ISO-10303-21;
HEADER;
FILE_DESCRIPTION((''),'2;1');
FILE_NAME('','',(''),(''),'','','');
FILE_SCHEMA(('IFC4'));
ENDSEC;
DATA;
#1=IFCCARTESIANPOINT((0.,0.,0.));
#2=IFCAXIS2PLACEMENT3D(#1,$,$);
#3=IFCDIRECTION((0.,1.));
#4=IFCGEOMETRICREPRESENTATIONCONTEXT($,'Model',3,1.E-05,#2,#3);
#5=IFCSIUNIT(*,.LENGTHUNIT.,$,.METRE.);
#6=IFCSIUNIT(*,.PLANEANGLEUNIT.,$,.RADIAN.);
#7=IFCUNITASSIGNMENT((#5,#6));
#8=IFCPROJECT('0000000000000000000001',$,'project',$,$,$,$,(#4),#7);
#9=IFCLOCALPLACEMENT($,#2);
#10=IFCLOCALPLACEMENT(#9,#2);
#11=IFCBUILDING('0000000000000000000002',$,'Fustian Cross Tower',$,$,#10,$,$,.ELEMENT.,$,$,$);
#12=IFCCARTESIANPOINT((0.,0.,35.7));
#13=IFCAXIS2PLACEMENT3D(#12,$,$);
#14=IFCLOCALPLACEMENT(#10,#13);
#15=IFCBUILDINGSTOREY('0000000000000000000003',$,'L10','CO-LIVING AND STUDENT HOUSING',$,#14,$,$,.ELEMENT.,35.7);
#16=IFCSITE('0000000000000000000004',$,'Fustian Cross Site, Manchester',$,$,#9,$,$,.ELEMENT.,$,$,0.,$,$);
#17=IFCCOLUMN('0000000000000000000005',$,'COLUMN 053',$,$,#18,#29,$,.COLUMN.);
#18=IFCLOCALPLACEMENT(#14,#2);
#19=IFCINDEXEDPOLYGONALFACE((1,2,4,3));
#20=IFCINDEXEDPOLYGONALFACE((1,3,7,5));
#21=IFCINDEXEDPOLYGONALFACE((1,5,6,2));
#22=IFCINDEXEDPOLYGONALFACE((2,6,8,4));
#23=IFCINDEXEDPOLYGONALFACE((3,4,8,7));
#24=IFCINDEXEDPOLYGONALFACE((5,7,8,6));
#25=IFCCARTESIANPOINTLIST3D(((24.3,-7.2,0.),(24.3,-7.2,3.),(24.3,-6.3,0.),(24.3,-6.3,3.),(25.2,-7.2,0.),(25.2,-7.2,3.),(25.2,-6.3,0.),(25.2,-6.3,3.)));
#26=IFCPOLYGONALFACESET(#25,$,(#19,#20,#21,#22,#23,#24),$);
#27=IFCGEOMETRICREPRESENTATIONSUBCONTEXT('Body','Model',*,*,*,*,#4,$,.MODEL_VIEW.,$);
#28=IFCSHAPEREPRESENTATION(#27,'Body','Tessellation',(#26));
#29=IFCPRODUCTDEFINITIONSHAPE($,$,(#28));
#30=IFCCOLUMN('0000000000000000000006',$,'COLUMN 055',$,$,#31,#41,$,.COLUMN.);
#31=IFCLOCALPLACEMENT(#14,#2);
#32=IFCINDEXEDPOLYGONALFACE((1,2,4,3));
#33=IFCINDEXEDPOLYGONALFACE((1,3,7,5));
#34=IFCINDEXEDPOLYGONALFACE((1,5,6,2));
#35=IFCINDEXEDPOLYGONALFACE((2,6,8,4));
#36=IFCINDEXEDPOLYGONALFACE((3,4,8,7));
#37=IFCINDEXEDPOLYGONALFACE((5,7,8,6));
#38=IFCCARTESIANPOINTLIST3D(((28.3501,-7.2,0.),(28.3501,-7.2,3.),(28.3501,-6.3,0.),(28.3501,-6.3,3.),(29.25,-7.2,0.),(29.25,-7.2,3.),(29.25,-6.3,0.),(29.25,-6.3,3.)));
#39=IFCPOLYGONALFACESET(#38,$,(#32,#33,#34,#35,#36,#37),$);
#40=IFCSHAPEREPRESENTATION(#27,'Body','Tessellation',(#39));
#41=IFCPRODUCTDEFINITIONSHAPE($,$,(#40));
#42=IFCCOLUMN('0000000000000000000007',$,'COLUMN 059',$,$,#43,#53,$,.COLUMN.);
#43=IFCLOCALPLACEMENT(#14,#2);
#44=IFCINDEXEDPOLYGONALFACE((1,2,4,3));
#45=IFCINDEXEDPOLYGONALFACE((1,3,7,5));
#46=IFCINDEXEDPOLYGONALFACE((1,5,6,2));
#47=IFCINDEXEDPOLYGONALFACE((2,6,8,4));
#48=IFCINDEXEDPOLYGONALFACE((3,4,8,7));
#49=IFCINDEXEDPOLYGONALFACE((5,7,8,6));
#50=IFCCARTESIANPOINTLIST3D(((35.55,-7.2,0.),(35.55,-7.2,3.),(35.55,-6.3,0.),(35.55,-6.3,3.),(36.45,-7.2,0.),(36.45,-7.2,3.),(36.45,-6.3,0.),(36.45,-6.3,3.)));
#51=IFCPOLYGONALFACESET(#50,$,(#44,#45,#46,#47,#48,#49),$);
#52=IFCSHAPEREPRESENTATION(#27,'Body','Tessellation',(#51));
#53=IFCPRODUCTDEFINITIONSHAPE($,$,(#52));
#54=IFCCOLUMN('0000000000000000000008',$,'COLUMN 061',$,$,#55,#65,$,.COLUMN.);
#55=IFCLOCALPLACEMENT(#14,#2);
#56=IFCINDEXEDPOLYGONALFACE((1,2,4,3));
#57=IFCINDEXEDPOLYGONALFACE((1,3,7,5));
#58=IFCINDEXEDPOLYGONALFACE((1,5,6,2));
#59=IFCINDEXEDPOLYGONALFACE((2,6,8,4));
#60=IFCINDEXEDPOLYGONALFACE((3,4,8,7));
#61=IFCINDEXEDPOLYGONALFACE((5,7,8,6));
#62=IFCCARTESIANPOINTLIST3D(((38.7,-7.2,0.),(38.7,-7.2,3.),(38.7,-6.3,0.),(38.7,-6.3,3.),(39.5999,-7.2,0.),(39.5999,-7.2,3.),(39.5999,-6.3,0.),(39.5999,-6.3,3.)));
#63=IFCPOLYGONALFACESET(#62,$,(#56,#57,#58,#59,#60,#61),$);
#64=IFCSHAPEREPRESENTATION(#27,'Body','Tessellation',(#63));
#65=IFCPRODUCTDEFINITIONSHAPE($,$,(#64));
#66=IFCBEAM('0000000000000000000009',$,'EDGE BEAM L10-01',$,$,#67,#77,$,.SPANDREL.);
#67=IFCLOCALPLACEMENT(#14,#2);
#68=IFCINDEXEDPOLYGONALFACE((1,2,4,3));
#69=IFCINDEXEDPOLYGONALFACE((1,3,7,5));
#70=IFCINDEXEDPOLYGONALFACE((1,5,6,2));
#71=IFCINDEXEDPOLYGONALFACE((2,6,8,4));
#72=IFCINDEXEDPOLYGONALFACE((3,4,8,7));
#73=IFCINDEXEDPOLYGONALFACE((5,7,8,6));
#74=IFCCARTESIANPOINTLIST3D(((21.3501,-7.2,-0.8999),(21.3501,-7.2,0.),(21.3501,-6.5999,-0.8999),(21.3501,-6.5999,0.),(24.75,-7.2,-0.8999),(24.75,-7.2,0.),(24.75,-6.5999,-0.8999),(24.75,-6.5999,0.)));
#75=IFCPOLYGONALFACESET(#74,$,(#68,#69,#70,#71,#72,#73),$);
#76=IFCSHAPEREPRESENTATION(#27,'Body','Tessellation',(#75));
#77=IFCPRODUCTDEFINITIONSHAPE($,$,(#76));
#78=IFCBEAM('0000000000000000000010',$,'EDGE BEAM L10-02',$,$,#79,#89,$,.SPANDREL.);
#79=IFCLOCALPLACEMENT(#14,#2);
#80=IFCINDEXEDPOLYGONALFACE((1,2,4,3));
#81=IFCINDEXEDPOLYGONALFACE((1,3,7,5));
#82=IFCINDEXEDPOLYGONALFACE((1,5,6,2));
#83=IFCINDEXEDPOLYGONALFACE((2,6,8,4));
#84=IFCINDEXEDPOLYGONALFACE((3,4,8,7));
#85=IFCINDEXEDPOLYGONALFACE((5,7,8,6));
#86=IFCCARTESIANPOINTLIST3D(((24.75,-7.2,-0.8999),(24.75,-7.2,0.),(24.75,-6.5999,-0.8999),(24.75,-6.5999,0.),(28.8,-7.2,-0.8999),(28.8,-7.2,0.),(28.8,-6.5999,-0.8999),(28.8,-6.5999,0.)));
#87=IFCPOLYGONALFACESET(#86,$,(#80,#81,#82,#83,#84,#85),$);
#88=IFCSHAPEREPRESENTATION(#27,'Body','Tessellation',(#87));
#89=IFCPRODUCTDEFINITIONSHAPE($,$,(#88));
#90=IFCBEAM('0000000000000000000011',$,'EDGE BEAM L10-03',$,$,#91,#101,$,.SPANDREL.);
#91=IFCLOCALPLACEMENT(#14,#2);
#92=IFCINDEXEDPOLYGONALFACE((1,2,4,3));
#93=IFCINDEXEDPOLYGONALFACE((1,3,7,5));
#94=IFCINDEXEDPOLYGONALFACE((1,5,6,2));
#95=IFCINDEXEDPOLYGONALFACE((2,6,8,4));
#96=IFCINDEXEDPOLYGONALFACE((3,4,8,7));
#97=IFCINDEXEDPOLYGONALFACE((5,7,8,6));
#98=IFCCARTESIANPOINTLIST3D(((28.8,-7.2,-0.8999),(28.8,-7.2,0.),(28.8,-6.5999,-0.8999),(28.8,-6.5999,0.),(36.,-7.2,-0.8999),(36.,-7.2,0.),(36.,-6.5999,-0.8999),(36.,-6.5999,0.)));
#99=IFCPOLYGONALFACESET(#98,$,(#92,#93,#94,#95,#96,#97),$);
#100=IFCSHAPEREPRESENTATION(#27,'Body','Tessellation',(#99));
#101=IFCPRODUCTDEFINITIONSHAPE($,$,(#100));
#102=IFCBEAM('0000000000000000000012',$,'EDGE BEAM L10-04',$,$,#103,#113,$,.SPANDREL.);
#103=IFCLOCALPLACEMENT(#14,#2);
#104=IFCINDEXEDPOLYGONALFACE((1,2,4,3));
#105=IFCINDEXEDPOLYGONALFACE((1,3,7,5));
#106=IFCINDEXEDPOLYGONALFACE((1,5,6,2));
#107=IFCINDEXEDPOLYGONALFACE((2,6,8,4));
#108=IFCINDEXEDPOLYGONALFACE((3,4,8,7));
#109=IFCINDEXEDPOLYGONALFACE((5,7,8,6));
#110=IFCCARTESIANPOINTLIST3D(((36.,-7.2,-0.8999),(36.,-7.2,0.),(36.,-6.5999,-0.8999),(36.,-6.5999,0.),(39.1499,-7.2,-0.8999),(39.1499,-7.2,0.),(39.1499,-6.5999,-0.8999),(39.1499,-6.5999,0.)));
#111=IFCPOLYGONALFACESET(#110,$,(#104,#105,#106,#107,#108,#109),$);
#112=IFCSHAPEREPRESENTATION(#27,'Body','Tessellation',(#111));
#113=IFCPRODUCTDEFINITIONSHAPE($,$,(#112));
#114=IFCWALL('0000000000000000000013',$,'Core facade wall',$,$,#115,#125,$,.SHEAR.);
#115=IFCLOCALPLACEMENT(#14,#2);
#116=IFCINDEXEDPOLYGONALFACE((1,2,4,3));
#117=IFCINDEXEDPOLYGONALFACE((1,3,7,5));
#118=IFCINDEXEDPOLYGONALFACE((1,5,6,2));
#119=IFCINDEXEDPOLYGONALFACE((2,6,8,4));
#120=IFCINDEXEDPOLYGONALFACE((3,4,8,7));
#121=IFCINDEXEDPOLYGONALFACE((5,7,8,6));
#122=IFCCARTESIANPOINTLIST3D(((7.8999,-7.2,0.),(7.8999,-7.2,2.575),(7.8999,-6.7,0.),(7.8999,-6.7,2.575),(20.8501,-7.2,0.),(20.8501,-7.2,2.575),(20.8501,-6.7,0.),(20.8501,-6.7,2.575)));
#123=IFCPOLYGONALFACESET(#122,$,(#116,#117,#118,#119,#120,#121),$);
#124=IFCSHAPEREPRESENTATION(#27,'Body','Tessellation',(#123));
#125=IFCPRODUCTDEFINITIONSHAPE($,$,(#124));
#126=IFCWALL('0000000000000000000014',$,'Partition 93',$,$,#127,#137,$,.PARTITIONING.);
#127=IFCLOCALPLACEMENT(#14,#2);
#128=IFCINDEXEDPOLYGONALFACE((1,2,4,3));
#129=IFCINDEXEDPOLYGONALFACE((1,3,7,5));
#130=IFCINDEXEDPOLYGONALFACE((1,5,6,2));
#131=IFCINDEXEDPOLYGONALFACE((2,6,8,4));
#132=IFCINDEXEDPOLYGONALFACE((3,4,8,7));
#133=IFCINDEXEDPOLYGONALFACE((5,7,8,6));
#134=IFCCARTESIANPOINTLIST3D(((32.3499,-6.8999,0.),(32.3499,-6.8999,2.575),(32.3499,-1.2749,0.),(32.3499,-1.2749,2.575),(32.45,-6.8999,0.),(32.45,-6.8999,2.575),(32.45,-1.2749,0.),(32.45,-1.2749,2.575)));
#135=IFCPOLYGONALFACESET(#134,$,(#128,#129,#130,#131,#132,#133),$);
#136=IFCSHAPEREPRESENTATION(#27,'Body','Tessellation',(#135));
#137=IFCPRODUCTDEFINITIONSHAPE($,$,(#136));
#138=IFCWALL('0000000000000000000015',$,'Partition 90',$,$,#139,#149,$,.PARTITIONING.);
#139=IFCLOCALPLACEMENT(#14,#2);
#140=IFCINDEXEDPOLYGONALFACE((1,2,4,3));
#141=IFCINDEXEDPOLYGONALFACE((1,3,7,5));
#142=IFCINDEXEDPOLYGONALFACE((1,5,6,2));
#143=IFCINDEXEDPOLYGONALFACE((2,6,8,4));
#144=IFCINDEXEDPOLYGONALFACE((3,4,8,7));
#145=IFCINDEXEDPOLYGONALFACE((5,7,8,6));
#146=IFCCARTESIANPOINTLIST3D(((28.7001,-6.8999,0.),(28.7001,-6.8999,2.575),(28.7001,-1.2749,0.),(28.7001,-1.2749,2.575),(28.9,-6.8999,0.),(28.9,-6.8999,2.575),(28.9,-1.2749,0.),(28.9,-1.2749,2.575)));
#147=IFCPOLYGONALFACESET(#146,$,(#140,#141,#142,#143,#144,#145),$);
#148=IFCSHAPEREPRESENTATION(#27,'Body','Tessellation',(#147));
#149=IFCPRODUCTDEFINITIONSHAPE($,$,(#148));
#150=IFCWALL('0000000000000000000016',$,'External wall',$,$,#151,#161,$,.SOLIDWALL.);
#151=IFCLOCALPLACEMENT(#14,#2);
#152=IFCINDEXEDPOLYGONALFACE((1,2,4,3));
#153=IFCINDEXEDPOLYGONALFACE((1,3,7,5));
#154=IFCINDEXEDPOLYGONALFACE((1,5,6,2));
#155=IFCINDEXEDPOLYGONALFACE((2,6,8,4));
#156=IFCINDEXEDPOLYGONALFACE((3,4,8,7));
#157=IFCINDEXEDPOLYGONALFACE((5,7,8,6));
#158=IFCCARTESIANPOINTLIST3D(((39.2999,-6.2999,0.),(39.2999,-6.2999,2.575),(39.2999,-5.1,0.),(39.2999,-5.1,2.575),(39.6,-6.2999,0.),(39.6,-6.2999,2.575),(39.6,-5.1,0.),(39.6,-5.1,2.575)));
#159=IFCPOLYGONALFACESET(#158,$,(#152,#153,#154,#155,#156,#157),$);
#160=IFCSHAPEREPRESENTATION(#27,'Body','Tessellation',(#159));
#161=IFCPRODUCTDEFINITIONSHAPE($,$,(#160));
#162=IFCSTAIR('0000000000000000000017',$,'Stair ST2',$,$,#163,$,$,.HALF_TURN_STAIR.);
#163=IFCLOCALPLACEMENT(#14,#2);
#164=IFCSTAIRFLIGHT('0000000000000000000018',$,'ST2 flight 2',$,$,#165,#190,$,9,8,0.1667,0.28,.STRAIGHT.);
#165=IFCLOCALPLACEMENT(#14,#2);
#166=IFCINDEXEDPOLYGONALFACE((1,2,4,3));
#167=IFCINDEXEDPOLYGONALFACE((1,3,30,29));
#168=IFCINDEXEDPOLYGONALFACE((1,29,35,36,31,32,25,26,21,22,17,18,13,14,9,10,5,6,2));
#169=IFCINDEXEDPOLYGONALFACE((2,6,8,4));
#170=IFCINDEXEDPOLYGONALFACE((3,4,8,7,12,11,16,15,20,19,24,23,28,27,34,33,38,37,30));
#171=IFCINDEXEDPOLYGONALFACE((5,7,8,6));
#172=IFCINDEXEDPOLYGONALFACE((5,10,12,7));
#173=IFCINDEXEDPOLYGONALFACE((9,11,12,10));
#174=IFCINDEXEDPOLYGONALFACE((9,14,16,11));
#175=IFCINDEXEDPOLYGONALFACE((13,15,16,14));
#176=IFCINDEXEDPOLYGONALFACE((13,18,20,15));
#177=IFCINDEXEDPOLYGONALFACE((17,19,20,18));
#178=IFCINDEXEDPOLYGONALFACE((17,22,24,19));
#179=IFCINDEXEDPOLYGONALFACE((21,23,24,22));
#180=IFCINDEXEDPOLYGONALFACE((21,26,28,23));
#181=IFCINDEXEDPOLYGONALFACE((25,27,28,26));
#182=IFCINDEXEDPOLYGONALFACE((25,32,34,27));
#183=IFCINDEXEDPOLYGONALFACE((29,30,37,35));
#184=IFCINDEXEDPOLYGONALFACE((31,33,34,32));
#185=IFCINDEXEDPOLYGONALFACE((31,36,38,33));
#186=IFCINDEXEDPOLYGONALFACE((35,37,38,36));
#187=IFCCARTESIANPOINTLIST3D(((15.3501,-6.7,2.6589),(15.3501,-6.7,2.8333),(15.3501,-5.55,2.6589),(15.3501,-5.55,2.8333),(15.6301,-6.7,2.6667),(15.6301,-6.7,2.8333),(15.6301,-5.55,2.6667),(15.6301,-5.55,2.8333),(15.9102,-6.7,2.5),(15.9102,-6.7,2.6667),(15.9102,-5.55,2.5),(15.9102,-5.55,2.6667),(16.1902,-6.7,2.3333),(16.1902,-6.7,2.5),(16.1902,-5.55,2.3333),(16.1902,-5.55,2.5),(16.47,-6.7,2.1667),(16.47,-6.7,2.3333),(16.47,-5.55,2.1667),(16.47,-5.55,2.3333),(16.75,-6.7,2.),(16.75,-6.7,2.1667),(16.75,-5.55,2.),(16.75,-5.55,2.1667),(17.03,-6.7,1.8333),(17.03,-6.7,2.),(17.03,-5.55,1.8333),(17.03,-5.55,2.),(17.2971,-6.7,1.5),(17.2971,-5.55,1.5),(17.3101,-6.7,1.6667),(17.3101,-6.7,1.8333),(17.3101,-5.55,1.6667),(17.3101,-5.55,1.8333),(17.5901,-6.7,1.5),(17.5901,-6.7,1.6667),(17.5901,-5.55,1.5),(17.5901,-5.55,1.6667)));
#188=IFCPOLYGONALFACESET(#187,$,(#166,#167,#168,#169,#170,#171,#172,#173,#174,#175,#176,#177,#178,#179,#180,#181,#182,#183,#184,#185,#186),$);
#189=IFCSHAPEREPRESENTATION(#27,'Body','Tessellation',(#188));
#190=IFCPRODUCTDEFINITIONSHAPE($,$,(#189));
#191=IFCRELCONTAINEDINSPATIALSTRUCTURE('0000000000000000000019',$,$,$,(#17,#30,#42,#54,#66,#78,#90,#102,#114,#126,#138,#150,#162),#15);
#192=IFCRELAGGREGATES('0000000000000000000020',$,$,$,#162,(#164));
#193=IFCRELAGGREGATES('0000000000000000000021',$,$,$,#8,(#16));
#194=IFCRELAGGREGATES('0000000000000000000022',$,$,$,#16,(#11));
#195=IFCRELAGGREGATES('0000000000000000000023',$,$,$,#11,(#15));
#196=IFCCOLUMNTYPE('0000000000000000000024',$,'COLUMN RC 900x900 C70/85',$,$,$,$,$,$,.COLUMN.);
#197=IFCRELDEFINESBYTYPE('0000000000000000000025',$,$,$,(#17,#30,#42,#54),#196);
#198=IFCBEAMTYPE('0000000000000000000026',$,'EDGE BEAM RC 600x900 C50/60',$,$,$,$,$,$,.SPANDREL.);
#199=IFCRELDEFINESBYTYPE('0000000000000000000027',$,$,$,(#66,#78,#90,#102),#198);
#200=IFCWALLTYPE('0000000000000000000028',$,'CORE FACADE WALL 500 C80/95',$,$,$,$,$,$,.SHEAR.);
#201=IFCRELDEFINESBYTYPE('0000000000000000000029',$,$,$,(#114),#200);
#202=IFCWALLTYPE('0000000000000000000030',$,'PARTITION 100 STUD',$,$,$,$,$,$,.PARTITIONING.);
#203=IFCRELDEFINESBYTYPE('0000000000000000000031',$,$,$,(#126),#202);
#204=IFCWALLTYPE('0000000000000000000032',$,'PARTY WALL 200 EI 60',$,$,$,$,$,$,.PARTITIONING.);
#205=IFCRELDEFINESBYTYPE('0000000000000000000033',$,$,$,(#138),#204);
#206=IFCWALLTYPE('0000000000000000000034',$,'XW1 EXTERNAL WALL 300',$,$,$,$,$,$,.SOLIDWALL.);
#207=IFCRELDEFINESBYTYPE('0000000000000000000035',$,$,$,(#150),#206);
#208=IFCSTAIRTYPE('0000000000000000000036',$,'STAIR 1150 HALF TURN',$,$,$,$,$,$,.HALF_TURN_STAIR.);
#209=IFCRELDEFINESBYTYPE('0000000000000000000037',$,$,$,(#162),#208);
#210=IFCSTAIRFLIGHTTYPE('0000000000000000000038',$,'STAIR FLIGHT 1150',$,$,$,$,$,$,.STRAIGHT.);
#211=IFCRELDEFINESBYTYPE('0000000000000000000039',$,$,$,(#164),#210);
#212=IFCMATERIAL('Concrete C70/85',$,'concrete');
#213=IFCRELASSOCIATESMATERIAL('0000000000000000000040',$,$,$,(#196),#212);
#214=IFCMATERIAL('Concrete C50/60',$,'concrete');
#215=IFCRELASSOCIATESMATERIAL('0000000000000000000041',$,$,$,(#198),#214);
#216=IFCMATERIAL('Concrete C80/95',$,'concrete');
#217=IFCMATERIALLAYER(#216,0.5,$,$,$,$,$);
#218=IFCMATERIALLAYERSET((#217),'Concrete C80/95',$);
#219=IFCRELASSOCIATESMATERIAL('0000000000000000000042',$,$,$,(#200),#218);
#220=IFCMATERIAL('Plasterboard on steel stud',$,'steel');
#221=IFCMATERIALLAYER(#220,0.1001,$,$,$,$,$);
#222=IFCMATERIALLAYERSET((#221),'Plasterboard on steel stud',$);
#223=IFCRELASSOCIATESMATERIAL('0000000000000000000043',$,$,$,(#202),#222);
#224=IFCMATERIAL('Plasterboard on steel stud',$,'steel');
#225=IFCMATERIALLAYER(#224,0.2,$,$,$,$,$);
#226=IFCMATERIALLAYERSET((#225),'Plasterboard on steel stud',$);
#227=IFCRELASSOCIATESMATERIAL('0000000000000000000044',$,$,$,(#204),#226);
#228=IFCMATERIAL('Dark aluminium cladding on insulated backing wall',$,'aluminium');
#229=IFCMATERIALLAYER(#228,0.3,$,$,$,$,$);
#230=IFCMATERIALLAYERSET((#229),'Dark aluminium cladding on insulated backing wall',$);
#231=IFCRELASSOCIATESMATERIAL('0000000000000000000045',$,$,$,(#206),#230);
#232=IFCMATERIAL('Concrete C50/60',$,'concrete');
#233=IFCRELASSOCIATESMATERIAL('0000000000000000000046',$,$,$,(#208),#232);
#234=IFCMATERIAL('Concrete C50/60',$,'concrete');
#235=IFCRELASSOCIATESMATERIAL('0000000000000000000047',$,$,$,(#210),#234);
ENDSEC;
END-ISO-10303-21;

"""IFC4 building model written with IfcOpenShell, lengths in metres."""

from ifc_helpers import new_model, si_unit, direction, frame, frame_2d, origin, origin_2d, place, context, subcontext, project, spatial, polyline, rectangle, outline, extrude, material, layer, layer_set, material_profile, profile_set, type_object, element, aggregate, save


model = new_model("IFC4")

# Units and contexts
model_context = context("Model", 3, precision=1e-05, world=origin(), true_north=direction((0.0, 1.0)))
body_context = subcontext(model_context, "Body", "Model", "MODEL_VIEW")
ifc_project = project(units=[si_unit("LENGTHUNIT", "METRE"), si_unit("PLANEANGLEUNIT", "RADIAN")], contexts=[model_context])

# Site, building, storey
site_placement = place(None, origin())
site = spatial("IfcSite", under=ifc_project, at=site_placement, Name="Fustian Cross Site, Manchester", CompositionType="ELEMENT", RefElevation=0.0)
building_placement = place(site_placement, origin())
building = spatial("IfcBuilding", under=site, at=building_placement, Name="Fustian Cross Tower", CompositionType="ELEMENT")
storey_placement = place(building_placement, frame((0.0, 0.0, 35.7)))
storey = spatial("IfcBuildingStorey", under=building, at=storey_placement, Name="L10", Description="CO-LIVING AND STUDENT HOUSING", CompositionType="ELEMENT", Elevation=35.7)

# Columns
ifc_material_1 = material(Name="Concrete C70/85", Category="concrete")
ifc_material_profile_1 = material_profile(ifc_material_1, rectangle(XDim=0.8999, YDim=0.8999, at=origin_2d()), Name="RC 900x900")
ifc_profile_set_1 = profile_set([ifc_material_profile_1], Name="Concrete C70/85")
column_type = type_object("IfcColumnType", Name="COLUMN RC 900x900 C70/85", PredefinedType="COLUMN", material=ifc_profile_set_1)
for number, where, z_axis, x_axis, name in (
    (1, (24.75, -6.75, 0.0), (0.0, 0.0, 1.0), (1.0, 0.0, 0.0), "COLUMN 053"),
    (2, (28.8, -6.75, 0.0), (0.0, 0.0, 1.0), (1.0, 0.0, 0.0), "COLUMN 055"),
    (3, (36.0, -6.75, 0.0), (0.0, 0.0, 1.0), (1.0, 0.0, 0.0), "COLUMN 059"),
    (4, (39.1499, -6.75, 0.0), (0.0, 0.0, 1.0), (1.0, 0.0, 0.0), "COLUMN 061"),
):
    element("IfcColumn", number, at=place(storey_placement, frame(where, z_axis=z_axis, x_axis=x_axis)), inside=storey, type_object=column_type, Name=name, PredefinedType="COLUMN", context=body_context, shape_type="SweptSolid", body=[
        extrude(rectangle(XDim=0.8999, YDim=0.8999, at=origin_2d()), origin(), (0.0, 0.0, 1.0), 3.0),
    ])

# Beams
ifc_material_2 = material(Name="Concrete C50/60", Category="concrete")
ifc_material_profile_2 = material_profile(ifc_material_2, rectangle(XDim=0.6001, YDim=0.8999, at=origin_2d()), Name="RC 600x900")
ifc_profile_set_2 = profile_set([ifc_material_profile_2], Name="Concrete C50/60")
beam_type = type_object("IfcBeamType", Name="EDGE BEAM RC 600x900 C50/60", PredefinedType="SPANDREL", material=ifc_profile_set_2)
beam_1_placement = place(storey_placement, frame((21.3501, -6.8999, -0.45), z_axis=(1.0, 0.0, 0.0), x_axis=(0.0, 1.0, 0.0)))
element("IfcBeam", 5, at=beam_1_placement, inside=storey, type_object=beam_type, Name="EDGE BEAM L10-01", PredefinedType="SPANDREL", context=body_context, shape_type="SweptSolid", body=[
    extrude(rectangle(XDim=0.6001, YDim=0.8999, at=origin_2d()), origin(), (0.0, 0.0, 1.0), 3.3999),
])
beam_2_placement = place(storey_placement, frame((24.75, -6.8999, -0.45), z_axis=(1.0, 0.0, 0.0), x_axis=(0.0, 1.0, 0.0)))
element("IfcBeam", 6, at=beam_2_placement, inside=storey, type_object=beam_type, Name="EDGE BEAM L10-02", PredefinedType="SPANDREL", context=body_context, shape_type="SweptSolid", body=[
    extrude(rectangle(XDim=0.6001, YDim=0.8999, at=origin_2d()), origin(), (0.0, 0.0, 1.0), 4.05),
])
beam_3_placement = place(storey_placement, frame((28.8, -6.8999, -0.45), z_axis=(1.0, 0.0, 0.0), x_axis=(0.0, 1.0, 0.0)))
element("IfcBeam", 7, at=beam_3_placement, inside=storey, type_object=beam_type, Name="EDGE BEAM L10-03", PredefinedType="SPANDREL", context=body_context, shape_type="SweptSolid", body=[
    extrude(rectangle(XDim=0.6001, YDim=0.8999, at=origin_2d()), origin(), (0.0, 0.0, 1.0), 7.2),
])
beam_4_placement = place(storey_placement, frame((36.0, -6.8999, -0.45), z_axis=(1.0, 0.0, 0.0), x_axis=(0.0, 1.0, 0.0)))
element("IfcBeam", 8, at=beam_4_placement, inside=storey, type_object=beam_type, Name="EDGE BEAM L10-04", PredefinedType="SPANDREL", context=body_context, shape_type="SweptSolid", body=[
    extrude(rectangle(XDim=0.6001, YDim=0.8999, at=origin_2d()), origin(), (0.0, 0.0, 1.0), 3.1499),
])

# Walls
ifc_material_3 = material(Name="Concrete C80/95", Category="concrete")
ifc_layer_1 = layer(ifc_material_3, 0.5)
ifc_layer_set_1 = layer_set([ifc_layer_1], Name="Concrete C80/95")
wall_type_1 = type_object("IfcWallType", Name="CORE FACADE WALL 500 C80/95", PredefinedType="SHEAR", material=ifc_layer_set_1)
wall_1_placement = place(storey_placement, frame((7.8999, -6.95, 0.0), z_axis=(0.0, 0.0, 1.0), x_axis=(1.0, 0.0, 0.0)))
element("IfcWall", 9, at=wall_1_placement, inside=storey, type_object=wall_type_1, Name="Core facade wall", PredefinedType="SHEAR", context=body_context, shape_type="SweptSolid", body=[
    extrude(rectangle(XDim=12.9502, YDim=0.5, at=frame_2d((6.4751, 0.0))), origin(), (0.0, 0.0, 1.0), 2.575),
])
ifc_material_4 = material(Name="Plasterboard on steel stud", Category="steel")
ifc_layer_2 = layer(ifc_material_4, 0.1001)
ifc_layer_set_2 = layer_set([ifc_layer_2], Name="Plasterboard on steel stud")
wall_type_2 = type_object("IfcWallType", Name="PARTITION 100 STUD", PredefinedType="PARTITIONING", material=ifc_layer_set_2)
wall_2_placement = place(storey_placement, frame((32.3999, -6.8999, 0.0), z_axis=(0.0, 0.0, 1.0), x_axis=(0.0, 1.0, 0.0)))
element("IfcWall", 10, at=wall_2_placement, inside=storey, type_object=wall_type_2, Name="Partition 93", PredefinedType="PARTITIONING", context=body_context, shape_type="SweptSolid", body=[
    extrude(rectangle(XDim=5.625, YDim=0.1001, at=frame_2d((2.8125, 0.0))), origin(), (0.0, 0.0, 1.0), 2.575),
])
ifc_material_5 = material(Name="Plasterboard on steel stud", Category="steel")
ifc_layer_3 = layer(ifc_material_5, 0.2)
ifc_layer_set_3 = layer_set([ifc_layer_3], Name="Plasterboard on steel stud")
wall_type_3 = type_object("IfcWallType", Name="PARTY WALL 200 EI 60", PredefinedType="PARTITIONING", material=ifc_layer_set_3)
wall_3_placement = place(storey_placement, frame((28.8, -6.8999, 0.0), z_axis=(0.0, 0.0, 1.0), x_axis=(0.0, 1.0, 0.0)))
element("IfcWall", 11, at=wall_3_placement, inside=storey, type_object=wall_type_3, Name="Partition 90", PredefinedType="PARTITIONING", context=body_context, shape_type="SweptSolid", body=[
    extrude(rectangle(XDim=5.625, YDim=0.2, at=frame_2d((2.8125, 0.0))), origin(), (0.0, 0.0, 1.0), 2.575),
])
ifc_material_6 = material(Name="Dark aluminium cladding on insulated backing wall", Category="aluminium")
ifc_layer_4 = layer(ifc_material_6, 0.3)
ifc_layer_set_4 = layer_set([ifc_layer_4], Name="Dark aluminium cladding on insulated backing wall")
wall_type_4 = type_object("IfcWallType", Name="XW1 EXTERNAL WALL 300", PredefinedType="SOLIDWALL", material=ifc_layer_set_4)
wall_4_placement = place(storey_placement, frame((39.45, -6.3, 0.0), z_axis=(0.0, 0.0, 1.0), x_axis=(0.0, 1.0, 0.0)))
element("IfcWall", 12, at=wall_4_placement, inside=storey, type_object=wall_type_4, Name="External wall", PredefinedType="SOLIDWALL", context=body_context, shape_type="SweptSolid", body=[
    extrude(rectangle(XDim=1.2, YDim=0.3, at=frame_2d((0.6001, 0.0))), origin(), (0.0, 0.0, 1.0), 2.575),
])

# Stair, stair flight
ifc_material_7 = material(Name="Concrete C50/60", Category="concrete")
stair_type = type_object("IfcStairType", Name="STAIR 1150 HALF TURN", PredefinedType="HALF_TURN_STAIR", material=ifc_material_7)
stair_placement = place(storey_placement, origin())
stair = element("IfcStair", 13, at=stair_placement, inside=storey, type_object=stair_type, Name="Stair ST2", PredefinedType="HALF_TURN_STAIR")
ifc_material_8 = material(Name="Concrete C50/60", Category="concrete")
stair_flight_type = type_object("IfcStairFlightType", Name="STAIR FLIGHT 1150", PredefinedType="STRAIGHT", material=ifc_material_8)
stair_flight_placement = place(storey_placement, frame((17.5901, -6.125, 1.5), z_axis=(0.0, 0.0, 1.0), x_axis=(-1.0, 0.0, 0.0)))
stair_flight = element("IfcStairFlight", 14, at=stair_flight_placement, type_object=stair_flight_type, Name="ST2 flight 2", NumberOfRisers=9, NumberOfTreads=8, PredefinedType="STRAIGHT", RiserHeight=0.1667, TreadLength=0.28, context=body_context, shape_type="SweptSolid", body=[
    extrude(outline(polyline([(0.0, 0.0), (0.0, 0.1667), (0.28, 0.1667), (0.28, 0.3333), (0.5601, 0.3333), (0.5601, 0.5), (0.8401, 0.5), (0.8401, 0.6667), (1.1201, 0.6667), (1.1201, 0.8333), (1.3999, 0.8333), (1.3999, 1.0), (1.6799, 1.0), (1.6799, 1.1667), (1.96, 1.1667), (1.96, 1.3333), (2.24, 1.3333), (2.24, 1.5), (2.24, 1.1589), (0.293, 0.0), (0.0, 0.0)])), frame((0.0, 0.575, 0.0), z_axis=(0.0, -1.0, 0.0), x_axis=(1.0, 0.0, 0.0)), (0.0, 0.0, 1.0), 1.1499),
])
aggregate(stair, [stair_flight])

save(model, "model.ifc")
